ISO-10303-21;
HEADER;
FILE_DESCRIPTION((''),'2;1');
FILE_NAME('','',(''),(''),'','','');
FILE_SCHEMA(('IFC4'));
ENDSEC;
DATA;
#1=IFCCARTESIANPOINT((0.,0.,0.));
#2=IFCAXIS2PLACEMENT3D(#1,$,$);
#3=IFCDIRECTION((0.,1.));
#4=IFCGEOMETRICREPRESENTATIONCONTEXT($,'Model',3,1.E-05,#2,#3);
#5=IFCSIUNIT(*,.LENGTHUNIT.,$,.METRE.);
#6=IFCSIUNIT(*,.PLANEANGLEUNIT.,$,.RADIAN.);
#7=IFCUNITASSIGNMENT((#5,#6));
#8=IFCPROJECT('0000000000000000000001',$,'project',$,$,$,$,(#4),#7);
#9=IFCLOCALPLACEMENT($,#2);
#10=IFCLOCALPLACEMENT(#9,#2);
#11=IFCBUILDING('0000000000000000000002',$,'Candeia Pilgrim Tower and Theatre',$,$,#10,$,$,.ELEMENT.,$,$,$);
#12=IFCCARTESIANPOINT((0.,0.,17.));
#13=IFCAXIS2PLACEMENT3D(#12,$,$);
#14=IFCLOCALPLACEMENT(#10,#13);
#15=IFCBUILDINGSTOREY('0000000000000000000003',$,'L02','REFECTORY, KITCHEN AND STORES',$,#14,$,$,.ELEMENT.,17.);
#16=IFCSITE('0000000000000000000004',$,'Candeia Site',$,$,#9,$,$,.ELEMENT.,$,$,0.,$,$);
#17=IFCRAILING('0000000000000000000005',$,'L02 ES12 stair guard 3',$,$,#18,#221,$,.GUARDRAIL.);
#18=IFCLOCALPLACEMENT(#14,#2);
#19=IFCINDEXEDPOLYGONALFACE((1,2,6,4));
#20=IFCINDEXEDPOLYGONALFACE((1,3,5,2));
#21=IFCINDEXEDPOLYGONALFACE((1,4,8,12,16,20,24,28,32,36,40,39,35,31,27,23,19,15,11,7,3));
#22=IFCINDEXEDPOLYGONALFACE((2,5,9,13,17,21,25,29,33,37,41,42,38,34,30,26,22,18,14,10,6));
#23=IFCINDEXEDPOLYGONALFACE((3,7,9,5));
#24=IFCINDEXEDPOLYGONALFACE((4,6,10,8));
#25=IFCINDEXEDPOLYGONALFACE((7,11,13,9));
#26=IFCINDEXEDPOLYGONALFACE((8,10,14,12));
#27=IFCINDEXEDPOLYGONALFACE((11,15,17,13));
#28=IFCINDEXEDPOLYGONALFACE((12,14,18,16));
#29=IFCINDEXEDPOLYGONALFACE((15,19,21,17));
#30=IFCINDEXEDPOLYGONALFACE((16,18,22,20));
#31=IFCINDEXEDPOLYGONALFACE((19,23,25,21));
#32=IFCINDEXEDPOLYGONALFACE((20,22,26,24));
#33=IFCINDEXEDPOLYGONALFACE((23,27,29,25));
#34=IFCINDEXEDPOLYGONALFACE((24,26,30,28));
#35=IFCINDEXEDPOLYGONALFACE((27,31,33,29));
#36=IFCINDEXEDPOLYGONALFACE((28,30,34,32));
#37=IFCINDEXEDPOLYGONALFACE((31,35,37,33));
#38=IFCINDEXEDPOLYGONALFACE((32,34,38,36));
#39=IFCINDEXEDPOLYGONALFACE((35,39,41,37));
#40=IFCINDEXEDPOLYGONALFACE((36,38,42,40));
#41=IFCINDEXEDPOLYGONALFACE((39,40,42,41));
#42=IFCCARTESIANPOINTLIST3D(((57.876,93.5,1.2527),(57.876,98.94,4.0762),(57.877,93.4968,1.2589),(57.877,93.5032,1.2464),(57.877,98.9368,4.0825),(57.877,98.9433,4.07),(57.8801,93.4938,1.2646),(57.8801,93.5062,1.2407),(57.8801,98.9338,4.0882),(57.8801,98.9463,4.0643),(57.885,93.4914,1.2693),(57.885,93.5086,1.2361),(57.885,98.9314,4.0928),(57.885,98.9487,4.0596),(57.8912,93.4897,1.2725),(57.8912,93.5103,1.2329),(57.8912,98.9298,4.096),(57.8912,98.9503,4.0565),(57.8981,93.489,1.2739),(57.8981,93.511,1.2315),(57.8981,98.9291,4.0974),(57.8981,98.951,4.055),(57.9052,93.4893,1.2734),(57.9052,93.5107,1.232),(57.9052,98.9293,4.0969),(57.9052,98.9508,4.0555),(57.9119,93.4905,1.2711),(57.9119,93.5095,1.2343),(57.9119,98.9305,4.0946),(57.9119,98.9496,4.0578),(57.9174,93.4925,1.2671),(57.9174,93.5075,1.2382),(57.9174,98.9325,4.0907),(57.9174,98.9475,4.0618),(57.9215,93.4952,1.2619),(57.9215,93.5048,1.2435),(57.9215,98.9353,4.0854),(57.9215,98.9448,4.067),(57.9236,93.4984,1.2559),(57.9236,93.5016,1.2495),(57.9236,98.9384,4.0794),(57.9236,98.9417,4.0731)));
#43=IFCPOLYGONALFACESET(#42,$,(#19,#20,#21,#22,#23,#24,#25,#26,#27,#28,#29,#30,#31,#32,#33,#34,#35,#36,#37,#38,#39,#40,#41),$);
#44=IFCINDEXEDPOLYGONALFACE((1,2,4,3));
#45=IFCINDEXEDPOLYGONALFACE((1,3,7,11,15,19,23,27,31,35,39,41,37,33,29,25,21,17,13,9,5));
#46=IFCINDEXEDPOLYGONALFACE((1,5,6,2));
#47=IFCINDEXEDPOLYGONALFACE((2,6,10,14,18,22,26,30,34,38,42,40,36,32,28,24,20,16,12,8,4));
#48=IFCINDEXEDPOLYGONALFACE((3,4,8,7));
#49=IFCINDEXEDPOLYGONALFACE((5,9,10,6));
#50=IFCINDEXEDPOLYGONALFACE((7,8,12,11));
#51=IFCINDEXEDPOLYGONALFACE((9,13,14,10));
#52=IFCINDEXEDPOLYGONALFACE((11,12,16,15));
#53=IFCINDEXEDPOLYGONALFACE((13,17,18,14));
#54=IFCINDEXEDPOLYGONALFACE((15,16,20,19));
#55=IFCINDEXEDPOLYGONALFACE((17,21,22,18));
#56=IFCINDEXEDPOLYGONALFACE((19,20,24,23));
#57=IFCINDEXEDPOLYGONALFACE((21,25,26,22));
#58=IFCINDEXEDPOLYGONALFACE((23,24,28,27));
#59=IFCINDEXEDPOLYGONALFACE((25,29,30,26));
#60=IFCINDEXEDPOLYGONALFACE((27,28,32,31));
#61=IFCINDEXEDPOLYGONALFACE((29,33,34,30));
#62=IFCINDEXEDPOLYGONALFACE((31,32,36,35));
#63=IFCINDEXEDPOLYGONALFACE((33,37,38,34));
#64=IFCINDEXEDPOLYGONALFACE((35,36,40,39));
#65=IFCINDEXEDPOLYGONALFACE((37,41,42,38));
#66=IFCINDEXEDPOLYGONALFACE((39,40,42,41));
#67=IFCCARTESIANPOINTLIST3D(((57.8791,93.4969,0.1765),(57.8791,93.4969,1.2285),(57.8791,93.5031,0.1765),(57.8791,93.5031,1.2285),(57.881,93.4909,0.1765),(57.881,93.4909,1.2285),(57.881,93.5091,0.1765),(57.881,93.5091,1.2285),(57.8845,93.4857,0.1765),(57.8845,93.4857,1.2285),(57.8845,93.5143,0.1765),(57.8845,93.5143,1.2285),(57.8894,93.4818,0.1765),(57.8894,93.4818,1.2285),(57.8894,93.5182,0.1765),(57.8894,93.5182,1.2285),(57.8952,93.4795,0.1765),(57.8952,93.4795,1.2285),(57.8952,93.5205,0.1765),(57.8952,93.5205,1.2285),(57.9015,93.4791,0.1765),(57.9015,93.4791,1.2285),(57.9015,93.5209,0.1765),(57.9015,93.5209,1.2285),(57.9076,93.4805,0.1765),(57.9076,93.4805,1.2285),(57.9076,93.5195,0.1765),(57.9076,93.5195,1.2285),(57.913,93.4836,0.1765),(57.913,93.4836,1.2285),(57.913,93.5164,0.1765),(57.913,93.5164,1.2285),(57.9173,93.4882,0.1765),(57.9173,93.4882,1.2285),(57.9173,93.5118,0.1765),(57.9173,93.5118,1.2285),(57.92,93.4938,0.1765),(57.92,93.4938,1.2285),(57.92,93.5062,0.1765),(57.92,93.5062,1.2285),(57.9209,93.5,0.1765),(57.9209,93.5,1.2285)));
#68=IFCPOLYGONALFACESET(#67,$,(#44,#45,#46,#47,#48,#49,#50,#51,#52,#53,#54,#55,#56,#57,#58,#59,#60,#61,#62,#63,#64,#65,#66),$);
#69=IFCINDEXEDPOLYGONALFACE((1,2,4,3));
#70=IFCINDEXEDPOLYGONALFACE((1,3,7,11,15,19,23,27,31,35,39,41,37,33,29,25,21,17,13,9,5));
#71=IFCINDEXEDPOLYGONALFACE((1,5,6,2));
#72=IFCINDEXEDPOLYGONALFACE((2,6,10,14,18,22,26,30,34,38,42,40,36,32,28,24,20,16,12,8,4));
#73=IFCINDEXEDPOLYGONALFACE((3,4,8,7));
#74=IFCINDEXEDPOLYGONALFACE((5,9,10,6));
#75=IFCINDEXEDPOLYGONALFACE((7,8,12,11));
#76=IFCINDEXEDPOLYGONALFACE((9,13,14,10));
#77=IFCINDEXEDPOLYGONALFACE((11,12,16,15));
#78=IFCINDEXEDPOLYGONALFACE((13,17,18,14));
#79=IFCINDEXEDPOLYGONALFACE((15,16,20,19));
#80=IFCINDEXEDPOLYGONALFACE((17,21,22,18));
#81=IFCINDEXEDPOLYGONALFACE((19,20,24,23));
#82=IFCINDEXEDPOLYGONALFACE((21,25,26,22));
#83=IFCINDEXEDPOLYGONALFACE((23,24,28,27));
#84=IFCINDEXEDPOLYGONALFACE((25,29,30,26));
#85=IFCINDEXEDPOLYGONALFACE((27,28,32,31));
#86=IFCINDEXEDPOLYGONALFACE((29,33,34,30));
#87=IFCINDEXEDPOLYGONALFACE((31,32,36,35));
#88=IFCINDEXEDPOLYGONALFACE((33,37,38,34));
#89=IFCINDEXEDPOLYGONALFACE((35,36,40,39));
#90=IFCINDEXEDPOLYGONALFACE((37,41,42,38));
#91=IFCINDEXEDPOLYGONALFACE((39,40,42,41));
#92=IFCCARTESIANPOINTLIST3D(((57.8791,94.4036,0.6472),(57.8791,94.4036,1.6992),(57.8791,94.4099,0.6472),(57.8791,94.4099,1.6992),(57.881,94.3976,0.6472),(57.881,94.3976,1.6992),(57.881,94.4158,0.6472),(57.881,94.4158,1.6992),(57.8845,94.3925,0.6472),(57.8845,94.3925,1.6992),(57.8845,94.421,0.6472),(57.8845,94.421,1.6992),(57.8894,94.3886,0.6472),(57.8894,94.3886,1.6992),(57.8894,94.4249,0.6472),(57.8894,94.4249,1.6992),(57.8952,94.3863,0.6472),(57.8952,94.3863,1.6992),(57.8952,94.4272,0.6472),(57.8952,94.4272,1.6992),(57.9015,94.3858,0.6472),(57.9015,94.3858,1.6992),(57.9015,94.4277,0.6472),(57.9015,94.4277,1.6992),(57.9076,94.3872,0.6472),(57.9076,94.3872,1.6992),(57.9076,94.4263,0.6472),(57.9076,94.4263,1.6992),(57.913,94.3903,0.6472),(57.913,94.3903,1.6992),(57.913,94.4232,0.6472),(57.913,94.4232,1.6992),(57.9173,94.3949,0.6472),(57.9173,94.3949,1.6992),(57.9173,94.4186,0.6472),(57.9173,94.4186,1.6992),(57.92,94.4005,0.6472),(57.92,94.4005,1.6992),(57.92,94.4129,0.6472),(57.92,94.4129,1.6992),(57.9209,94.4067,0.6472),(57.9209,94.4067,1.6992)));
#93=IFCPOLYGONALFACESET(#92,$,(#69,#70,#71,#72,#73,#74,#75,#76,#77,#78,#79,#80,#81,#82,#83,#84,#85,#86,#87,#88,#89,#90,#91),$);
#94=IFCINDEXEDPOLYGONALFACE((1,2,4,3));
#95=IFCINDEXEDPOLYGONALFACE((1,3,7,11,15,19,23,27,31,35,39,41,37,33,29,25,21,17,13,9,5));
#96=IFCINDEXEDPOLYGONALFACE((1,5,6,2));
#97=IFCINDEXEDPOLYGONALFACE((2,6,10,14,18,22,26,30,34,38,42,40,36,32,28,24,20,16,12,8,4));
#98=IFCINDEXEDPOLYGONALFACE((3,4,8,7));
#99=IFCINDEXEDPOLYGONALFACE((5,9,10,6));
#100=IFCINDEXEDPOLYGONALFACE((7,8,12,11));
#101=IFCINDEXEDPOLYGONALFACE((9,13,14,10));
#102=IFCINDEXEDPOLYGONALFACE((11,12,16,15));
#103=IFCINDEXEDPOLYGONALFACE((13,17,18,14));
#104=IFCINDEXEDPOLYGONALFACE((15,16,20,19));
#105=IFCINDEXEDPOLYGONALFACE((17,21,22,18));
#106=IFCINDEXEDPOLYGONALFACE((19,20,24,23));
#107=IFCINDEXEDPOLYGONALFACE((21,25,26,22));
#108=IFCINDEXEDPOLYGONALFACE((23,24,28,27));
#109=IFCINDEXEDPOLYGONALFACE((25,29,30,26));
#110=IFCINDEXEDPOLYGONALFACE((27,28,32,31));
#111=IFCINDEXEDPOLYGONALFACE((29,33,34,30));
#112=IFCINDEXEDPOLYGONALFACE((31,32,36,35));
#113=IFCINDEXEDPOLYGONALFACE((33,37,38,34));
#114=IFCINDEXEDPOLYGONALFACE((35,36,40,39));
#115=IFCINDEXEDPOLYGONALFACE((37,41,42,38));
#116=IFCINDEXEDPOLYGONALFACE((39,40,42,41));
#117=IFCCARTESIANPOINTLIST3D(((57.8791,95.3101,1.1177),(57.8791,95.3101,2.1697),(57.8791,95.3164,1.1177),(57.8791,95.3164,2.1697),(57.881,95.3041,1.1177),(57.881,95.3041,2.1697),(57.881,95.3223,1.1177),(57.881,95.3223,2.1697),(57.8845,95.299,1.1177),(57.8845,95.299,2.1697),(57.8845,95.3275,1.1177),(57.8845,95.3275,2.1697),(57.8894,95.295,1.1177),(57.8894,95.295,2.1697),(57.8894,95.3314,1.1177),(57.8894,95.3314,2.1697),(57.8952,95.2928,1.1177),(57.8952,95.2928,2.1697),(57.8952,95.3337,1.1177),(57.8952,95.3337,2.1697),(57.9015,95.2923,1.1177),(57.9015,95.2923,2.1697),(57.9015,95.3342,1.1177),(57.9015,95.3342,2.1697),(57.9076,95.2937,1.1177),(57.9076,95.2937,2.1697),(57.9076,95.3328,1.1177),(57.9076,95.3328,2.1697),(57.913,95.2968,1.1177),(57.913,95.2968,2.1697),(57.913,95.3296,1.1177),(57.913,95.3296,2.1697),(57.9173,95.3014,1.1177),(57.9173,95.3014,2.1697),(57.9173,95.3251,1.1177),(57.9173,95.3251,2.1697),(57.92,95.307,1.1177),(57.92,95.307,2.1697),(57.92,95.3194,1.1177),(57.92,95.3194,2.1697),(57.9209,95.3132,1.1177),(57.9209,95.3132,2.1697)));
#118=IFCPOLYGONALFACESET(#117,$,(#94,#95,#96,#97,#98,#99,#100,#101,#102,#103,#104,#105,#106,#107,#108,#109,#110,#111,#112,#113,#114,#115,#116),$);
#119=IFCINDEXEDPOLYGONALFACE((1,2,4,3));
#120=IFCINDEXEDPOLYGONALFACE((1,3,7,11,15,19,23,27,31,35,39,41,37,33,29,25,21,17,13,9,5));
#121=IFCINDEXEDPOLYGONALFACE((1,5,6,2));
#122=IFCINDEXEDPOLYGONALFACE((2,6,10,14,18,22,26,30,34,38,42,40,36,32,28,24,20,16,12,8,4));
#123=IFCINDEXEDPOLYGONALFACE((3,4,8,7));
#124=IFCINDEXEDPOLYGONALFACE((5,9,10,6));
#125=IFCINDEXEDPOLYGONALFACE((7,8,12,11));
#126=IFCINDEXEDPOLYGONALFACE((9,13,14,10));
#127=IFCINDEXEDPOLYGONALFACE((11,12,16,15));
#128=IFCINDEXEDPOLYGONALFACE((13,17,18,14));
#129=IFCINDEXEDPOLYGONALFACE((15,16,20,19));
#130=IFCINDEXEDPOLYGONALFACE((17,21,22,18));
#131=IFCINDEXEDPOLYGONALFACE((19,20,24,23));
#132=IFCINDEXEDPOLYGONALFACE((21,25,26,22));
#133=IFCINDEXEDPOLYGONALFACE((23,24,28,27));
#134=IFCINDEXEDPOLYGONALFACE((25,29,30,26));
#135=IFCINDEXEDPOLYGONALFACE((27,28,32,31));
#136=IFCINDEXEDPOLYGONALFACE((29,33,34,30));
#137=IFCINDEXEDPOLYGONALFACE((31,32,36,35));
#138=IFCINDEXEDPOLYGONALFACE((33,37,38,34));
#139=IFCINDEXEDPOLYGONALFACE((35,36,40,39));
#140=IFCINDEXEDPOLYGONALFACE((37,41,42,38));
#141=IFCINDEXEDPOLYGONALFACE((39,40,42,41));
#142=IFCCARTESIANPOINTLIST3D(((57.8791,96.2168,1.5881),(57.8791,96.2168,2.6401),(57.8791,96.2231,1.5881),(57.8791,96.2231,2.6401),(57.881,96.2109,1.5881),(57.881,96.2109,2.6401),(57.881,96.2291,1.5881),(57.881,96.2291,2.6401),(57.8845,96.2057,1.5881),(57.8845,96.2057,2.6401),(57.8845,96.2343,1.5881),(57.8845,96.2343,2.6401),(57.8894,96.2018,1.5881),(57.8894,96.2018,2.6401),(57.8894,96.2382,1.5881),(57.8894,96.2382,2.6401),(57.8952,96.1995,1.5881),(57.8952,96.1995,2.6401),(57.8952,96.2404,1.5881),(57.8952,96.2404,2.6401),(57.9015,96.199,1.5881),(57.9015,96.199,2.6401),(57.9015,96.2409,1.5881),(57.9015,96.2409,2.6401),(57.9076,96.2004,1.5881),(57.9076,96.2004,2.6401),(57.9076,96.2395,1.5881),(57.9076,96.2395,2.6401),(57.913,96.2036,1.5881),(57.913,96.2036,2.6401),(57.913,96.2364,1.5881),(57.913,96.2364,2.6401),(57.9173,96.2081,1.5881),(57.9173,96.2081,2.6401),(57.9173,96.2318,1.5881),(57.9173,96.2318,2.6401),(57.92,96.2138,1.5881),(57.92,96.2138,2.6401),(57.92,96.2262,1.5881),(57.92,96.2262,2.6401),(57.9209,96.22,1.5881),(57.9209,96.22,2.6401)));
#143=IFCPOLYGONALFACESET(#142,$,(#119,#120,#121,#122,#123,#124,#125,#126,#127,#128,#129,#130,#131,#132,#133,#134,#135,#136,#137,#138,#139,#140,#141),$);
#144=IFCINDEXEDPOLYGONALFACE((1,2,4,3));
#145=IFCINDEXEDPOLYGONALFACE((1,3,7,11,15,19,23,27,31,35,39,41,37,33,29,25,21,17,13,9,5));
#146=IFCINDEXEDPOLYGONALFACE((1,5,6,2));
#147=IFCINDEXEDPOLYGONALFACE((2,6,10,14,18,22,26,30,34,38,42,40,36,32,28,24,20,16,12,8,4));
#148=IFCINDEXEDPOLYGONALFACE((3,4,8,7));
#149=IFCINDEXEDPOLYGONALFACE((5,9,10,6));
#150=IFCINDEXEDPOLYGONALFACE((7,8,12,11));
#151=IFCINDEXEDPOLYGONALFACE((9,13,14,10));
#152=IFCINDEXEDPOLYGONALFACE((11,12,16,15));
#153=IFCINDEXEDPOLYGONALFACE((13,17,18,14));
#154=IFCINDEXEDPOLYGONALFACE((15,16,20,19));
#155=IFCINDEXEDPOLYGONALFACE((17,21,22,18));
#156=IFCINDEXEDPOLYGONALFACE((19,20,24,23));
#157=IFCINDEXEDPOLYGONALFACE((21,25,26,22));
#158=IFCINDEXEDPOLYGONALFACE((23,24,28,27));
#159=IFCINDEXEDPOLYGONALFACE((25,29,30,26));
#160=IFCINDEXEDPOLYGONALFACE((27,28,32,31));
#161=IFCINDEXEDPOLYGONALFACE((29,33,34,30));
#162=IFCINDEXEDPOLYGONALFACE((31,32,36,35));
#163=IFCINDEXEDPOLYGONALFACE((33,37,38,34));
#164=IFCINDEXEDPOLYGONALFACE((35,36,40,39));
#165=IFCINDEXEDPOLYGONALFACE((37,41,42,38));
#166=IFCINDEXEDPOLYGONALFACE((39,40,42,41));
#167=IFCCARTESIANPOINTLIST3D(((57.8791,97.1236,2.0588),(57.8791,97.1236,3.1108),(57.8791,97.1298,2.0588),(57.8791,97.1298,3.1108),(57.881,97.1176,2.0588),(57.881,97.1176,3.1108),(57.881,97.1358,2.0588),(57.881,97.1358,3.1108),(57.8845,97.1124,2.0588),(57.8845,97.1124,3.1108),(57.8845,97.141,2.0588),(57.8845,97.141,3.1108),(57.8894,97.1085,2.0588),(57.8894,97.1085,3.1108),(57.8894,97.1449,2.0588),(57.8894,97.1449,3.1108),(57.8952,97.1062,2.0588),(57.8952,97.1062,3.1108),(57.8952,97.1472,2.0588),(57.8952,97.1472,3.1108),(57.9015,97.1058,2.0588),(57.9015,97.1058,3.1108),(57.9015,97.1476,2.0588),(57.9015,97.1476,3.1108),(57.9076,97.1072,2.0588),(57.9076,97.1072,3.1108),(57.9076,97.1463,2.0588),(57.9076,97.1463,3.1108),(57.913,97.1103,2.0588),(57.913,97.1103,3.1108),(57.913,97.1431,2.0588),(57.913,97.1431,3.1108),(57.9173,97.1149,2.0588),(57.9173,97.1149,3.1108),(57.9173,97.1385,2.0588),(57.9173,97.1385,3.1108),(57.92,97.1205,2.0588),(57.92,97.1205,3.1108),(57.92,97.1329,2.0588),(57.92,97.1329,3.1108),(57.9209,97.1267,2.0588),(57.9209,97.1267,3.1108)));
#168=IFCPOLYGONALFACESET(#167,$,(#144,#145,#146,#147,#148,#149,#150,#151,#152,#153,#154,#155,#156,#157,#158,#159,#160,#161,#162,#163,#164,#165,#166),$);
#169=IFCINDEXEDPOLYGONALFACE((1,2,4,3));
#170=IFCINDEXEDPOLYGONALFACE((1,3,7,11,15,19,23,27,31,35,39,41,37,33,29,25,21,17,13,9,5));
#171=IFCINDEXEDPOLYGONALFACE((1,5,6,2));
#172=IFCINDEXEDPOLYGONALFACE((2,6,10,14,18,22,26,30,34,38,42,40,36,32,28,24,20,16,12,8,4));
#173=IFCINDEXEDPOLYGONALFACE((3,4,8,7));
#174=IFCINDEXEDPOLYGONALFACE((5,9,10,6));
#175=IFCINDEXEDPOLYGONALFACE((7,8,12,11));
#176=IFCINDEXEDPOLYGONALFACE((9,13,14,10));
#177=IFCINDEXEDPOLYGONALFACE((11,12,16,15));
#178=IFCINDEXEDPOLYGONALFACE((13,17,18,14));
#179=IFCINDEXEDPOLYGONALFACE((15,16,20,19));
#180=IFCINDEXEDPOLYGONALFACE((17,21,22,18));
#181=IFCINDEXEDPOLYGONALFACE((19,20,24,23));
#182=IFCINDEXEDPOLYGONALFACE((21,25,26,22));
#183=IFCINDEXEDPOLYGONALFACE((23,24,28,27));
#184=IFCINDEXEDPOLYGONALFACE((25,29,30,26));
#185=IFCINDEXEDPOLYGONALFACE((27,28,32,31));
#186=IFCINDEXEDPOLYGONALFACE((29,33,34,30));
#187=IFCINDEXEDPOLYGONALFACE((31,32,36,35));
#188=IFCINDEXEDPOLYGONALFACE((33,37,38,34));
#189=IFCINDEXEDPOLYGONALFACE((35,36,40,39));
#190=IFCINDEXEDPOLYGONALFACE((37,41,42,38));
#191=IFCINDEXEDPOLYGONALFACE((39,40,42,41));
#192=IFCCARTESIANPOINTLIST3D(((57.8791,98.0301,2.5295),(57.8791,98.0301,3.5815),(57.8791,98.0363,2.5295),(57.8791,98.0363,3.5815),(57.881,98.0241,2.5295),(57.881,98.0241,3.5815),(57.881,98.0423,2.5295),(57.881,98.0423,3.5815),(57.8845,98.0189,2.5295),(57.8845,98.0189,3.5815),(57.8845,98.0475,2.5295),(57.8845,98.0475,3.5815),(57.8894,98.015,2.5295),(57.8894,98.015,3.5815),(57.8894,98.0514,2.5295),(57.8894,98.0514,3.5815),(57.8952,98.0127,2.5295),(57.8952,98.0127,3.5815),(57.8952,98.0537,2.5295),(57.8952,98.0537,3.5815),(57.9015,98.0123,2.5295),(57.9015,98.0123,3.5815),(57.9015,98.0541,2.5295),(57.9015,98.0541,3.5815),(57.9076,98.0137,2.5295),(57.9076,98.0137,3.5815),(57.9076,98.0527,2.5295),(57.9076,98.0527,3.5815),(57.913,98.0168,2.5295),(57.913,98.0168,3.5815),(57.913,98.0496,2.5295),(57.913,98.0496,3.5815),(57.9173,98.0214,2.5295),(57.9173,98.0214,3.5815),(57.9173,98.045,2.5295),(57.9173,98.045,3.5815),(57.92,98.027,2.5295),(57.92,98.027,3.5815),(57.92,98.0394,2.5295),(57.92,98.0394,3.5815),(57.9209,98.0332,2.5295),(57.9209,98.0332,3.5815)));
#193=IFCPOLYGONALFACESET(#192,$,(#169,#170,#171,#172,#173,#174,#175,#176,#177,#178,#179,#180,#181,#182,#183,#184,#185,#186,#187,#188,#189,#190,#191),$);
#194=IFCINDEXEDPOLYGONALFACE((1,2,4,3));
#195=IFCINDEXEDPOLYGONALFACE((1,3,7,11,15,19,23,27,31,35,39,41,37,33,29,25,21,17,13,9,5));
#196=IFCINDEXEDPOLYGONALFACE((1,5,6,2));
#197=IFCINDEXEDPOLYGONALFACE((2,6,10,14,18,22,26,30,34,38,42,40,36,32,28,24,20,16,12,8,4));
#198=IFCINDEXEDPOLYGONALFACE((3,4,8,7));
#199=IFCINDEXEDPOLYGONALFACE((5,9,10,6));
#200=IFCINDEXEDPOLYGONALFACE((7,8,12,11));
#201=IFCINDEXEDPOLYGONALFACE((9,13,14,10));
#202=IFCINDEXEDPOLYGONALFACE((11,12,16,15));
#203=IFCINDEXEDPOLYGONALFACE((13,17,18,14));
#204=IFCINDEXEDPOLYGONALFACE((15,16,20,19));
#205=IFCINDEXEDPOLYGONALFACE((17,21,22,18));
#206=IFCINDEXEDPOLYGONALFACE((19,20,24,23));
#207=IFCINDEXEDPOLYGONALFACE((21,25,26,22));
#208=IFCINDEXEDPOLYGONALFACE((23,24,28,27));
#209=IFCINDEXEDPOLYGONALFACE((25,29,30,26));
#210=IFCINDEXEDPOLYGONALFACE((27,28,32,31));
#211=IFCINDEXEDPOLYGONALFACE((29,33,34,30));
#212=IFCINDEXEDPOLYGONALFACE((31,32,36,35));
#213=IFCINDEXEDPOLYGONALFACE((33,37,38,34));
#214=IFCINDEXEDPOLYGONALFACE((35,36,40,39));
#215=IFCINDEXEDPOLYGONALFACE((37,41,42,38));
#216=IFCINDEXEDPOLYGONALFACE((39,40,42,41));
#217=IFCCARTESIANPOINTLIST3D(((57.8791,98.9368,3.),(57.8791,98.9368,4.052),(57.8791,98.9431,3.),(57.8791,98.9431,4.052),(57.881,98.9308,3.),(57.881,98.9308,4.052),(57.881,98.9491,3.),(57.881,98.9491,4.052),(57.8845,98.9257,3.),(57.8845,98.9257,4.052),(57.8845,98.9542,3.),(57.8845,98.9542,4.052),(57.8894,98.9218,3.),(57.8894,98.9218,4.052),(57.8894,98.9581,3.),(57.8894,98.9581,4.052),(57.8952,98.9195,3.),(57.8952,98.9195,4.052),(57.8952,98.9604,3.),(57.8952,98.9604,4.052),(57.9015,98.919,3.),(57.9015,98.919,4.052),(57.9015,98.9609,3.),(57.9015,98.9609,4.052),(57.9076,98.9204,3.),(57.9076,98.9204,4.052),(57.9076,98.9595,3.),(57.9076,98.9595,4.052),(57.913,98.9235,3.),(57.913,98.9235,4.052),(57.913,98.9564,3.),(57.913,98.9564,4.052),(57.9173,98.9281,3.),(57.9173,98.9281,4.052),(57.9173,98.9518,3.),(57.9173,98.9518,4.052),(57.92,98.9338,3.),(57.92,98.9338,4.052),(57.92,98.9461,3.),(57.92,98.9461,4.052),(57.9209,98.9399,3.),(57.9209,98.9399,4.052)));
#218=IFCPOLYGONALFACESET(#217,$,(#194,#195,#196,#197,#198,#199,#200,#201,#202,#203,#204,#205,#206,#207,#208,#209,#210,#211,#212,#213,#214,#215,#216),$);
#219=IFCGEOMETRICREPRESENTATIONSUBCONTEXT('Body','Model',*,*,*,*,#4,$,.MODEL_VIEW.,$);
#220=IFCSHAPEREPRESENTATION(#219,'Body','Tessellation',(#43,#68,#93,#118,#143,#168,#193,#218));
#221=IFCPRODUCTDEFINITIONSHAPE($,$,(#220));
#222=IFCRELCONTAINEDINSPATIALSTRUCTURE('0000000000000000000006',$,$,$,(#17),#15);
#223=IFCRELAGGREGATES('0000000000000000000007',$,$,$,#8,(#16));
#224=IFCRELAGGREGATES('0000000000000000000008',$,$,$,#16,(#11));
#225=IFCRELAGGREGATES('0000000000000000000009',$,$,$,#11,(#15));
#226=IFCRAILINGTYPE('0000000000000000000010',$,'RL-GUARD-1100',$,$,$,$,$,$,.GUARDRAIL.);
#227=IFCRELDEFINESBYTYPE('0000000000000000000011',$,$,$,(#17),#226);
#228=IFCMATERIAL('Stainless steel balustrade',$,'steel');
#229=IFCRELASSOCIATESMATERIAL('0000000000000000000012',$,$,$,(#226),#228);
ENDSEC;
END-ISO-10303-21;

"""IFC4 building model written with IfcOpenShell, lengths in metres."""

from ifc_helpers import new_model, si_unit, direction, frame, origin, origin_2d, place, context, subcontext, project, spatial, circle, extrude, material, type_object, element, save


model = new_model("IFC4")

# Units and contexts
model_context = context("Model", 3, precision=1e-05, world=origin(), true_north=direction((0.0, 1.0)))
body_context = subcontext(model_context, "Body", "Model", "MODEL_VIEW")
ifc_project = project(units=[si_unit("LENGTHUNIT", "METRE"), si_unit("PLANEANGLEUNIT", "RADIAN")], contexts=[model_context])

# Site, building, storey
site_placement = place(None, origin())
site = spatial("IfcSite", under=ifc_project, at=site_placement, Name="Candeia Site", CompositionType="ELEMENT", RefElevation=0.0)
building_placement = place(site_placement, origin())
building = spatial("IfcBuilding", under=site, at=building_placement, Name="Candeia Pilgrim Tower and Theatre", CompositionType="ELEMENT")
storey_placement = place(building_placement, frame((0.0, 0.0, 17.0)))
storey = spatial("IfcBuildingStorey", under=building, at=storey_placement, Name="L02", Description="REFECTORY, KITCHEN AND STORES", CompositionType="ELEMENT", Elevation=17.0)

# Railing
ifc_material_1 = material(Name="Stainless steel balustrade", Category="steel")
railing_type_1 = type_object("IfcRailingType", Name="RL-GUARD-1100", PredefinedType="GUARDRAIL", material=ifc_material_1)
railing_1_placement = place(storey_placement, frame((57.8999, 93.5, 0.1765)))
element("IfcRailing", 1, at=railing_1_placement, inside=storey, type_object=railing_type_1, Name="L02 ES12 stair guard 3", PredefinedType="GUARDRAIL", context=body_context, shape_type="SweptSolid", body=[
    extrude(circle(Radius=0.0239, at=origin_2d()), frame((0.0, 0.0, 1.0762), z_axis=(0.0, 0.887569, 0.460674), x_axis=(-1.0, 0.0, 0.0)), (0.0, 0.0, 1.0), 6.1292),
    extrude(circle(Radius=0.021, at=origin_2d()), origin(), (0.0, 0.0, 1.0), 1.052),
    extrude(circle(Radius=0.021, at=origin_2d()), frame((0.0, 0.9067, 0.4707)), (0.0, 0.0, 1.0), 1.052),
    extrude(circle(Radius=0.021, at=origin_2d()), frame((0.0, 1.8132, 0.9412)), (0.0, 0.0, 1.0), 1.052),
    extrude(circle(Radius=0.021, at=origin_2d()), frame((0.0, 2.72, 1.4116)), (0.0, 0.0, 1.0), 1.052),
    extrude(circle(Radius=0.021, at=origin_2d()), frame((0.0, 3.6267, 1.8823)), (0.0, 0.0, 1.0), 1.052),
    extrude(circle(Radius=0.021, at=origin_2d()), frame((0.0, 4.5332, 2.353)), (0.0, 0.0, 1.0), 1.052),
    extrude(circle(Radius=0.021, at=origin_2d()), frame((0.0, 5.4399, 2.8235)), (0.0, 0.0, 1.0), 1.052),
])

save(model, "model.ifc")
